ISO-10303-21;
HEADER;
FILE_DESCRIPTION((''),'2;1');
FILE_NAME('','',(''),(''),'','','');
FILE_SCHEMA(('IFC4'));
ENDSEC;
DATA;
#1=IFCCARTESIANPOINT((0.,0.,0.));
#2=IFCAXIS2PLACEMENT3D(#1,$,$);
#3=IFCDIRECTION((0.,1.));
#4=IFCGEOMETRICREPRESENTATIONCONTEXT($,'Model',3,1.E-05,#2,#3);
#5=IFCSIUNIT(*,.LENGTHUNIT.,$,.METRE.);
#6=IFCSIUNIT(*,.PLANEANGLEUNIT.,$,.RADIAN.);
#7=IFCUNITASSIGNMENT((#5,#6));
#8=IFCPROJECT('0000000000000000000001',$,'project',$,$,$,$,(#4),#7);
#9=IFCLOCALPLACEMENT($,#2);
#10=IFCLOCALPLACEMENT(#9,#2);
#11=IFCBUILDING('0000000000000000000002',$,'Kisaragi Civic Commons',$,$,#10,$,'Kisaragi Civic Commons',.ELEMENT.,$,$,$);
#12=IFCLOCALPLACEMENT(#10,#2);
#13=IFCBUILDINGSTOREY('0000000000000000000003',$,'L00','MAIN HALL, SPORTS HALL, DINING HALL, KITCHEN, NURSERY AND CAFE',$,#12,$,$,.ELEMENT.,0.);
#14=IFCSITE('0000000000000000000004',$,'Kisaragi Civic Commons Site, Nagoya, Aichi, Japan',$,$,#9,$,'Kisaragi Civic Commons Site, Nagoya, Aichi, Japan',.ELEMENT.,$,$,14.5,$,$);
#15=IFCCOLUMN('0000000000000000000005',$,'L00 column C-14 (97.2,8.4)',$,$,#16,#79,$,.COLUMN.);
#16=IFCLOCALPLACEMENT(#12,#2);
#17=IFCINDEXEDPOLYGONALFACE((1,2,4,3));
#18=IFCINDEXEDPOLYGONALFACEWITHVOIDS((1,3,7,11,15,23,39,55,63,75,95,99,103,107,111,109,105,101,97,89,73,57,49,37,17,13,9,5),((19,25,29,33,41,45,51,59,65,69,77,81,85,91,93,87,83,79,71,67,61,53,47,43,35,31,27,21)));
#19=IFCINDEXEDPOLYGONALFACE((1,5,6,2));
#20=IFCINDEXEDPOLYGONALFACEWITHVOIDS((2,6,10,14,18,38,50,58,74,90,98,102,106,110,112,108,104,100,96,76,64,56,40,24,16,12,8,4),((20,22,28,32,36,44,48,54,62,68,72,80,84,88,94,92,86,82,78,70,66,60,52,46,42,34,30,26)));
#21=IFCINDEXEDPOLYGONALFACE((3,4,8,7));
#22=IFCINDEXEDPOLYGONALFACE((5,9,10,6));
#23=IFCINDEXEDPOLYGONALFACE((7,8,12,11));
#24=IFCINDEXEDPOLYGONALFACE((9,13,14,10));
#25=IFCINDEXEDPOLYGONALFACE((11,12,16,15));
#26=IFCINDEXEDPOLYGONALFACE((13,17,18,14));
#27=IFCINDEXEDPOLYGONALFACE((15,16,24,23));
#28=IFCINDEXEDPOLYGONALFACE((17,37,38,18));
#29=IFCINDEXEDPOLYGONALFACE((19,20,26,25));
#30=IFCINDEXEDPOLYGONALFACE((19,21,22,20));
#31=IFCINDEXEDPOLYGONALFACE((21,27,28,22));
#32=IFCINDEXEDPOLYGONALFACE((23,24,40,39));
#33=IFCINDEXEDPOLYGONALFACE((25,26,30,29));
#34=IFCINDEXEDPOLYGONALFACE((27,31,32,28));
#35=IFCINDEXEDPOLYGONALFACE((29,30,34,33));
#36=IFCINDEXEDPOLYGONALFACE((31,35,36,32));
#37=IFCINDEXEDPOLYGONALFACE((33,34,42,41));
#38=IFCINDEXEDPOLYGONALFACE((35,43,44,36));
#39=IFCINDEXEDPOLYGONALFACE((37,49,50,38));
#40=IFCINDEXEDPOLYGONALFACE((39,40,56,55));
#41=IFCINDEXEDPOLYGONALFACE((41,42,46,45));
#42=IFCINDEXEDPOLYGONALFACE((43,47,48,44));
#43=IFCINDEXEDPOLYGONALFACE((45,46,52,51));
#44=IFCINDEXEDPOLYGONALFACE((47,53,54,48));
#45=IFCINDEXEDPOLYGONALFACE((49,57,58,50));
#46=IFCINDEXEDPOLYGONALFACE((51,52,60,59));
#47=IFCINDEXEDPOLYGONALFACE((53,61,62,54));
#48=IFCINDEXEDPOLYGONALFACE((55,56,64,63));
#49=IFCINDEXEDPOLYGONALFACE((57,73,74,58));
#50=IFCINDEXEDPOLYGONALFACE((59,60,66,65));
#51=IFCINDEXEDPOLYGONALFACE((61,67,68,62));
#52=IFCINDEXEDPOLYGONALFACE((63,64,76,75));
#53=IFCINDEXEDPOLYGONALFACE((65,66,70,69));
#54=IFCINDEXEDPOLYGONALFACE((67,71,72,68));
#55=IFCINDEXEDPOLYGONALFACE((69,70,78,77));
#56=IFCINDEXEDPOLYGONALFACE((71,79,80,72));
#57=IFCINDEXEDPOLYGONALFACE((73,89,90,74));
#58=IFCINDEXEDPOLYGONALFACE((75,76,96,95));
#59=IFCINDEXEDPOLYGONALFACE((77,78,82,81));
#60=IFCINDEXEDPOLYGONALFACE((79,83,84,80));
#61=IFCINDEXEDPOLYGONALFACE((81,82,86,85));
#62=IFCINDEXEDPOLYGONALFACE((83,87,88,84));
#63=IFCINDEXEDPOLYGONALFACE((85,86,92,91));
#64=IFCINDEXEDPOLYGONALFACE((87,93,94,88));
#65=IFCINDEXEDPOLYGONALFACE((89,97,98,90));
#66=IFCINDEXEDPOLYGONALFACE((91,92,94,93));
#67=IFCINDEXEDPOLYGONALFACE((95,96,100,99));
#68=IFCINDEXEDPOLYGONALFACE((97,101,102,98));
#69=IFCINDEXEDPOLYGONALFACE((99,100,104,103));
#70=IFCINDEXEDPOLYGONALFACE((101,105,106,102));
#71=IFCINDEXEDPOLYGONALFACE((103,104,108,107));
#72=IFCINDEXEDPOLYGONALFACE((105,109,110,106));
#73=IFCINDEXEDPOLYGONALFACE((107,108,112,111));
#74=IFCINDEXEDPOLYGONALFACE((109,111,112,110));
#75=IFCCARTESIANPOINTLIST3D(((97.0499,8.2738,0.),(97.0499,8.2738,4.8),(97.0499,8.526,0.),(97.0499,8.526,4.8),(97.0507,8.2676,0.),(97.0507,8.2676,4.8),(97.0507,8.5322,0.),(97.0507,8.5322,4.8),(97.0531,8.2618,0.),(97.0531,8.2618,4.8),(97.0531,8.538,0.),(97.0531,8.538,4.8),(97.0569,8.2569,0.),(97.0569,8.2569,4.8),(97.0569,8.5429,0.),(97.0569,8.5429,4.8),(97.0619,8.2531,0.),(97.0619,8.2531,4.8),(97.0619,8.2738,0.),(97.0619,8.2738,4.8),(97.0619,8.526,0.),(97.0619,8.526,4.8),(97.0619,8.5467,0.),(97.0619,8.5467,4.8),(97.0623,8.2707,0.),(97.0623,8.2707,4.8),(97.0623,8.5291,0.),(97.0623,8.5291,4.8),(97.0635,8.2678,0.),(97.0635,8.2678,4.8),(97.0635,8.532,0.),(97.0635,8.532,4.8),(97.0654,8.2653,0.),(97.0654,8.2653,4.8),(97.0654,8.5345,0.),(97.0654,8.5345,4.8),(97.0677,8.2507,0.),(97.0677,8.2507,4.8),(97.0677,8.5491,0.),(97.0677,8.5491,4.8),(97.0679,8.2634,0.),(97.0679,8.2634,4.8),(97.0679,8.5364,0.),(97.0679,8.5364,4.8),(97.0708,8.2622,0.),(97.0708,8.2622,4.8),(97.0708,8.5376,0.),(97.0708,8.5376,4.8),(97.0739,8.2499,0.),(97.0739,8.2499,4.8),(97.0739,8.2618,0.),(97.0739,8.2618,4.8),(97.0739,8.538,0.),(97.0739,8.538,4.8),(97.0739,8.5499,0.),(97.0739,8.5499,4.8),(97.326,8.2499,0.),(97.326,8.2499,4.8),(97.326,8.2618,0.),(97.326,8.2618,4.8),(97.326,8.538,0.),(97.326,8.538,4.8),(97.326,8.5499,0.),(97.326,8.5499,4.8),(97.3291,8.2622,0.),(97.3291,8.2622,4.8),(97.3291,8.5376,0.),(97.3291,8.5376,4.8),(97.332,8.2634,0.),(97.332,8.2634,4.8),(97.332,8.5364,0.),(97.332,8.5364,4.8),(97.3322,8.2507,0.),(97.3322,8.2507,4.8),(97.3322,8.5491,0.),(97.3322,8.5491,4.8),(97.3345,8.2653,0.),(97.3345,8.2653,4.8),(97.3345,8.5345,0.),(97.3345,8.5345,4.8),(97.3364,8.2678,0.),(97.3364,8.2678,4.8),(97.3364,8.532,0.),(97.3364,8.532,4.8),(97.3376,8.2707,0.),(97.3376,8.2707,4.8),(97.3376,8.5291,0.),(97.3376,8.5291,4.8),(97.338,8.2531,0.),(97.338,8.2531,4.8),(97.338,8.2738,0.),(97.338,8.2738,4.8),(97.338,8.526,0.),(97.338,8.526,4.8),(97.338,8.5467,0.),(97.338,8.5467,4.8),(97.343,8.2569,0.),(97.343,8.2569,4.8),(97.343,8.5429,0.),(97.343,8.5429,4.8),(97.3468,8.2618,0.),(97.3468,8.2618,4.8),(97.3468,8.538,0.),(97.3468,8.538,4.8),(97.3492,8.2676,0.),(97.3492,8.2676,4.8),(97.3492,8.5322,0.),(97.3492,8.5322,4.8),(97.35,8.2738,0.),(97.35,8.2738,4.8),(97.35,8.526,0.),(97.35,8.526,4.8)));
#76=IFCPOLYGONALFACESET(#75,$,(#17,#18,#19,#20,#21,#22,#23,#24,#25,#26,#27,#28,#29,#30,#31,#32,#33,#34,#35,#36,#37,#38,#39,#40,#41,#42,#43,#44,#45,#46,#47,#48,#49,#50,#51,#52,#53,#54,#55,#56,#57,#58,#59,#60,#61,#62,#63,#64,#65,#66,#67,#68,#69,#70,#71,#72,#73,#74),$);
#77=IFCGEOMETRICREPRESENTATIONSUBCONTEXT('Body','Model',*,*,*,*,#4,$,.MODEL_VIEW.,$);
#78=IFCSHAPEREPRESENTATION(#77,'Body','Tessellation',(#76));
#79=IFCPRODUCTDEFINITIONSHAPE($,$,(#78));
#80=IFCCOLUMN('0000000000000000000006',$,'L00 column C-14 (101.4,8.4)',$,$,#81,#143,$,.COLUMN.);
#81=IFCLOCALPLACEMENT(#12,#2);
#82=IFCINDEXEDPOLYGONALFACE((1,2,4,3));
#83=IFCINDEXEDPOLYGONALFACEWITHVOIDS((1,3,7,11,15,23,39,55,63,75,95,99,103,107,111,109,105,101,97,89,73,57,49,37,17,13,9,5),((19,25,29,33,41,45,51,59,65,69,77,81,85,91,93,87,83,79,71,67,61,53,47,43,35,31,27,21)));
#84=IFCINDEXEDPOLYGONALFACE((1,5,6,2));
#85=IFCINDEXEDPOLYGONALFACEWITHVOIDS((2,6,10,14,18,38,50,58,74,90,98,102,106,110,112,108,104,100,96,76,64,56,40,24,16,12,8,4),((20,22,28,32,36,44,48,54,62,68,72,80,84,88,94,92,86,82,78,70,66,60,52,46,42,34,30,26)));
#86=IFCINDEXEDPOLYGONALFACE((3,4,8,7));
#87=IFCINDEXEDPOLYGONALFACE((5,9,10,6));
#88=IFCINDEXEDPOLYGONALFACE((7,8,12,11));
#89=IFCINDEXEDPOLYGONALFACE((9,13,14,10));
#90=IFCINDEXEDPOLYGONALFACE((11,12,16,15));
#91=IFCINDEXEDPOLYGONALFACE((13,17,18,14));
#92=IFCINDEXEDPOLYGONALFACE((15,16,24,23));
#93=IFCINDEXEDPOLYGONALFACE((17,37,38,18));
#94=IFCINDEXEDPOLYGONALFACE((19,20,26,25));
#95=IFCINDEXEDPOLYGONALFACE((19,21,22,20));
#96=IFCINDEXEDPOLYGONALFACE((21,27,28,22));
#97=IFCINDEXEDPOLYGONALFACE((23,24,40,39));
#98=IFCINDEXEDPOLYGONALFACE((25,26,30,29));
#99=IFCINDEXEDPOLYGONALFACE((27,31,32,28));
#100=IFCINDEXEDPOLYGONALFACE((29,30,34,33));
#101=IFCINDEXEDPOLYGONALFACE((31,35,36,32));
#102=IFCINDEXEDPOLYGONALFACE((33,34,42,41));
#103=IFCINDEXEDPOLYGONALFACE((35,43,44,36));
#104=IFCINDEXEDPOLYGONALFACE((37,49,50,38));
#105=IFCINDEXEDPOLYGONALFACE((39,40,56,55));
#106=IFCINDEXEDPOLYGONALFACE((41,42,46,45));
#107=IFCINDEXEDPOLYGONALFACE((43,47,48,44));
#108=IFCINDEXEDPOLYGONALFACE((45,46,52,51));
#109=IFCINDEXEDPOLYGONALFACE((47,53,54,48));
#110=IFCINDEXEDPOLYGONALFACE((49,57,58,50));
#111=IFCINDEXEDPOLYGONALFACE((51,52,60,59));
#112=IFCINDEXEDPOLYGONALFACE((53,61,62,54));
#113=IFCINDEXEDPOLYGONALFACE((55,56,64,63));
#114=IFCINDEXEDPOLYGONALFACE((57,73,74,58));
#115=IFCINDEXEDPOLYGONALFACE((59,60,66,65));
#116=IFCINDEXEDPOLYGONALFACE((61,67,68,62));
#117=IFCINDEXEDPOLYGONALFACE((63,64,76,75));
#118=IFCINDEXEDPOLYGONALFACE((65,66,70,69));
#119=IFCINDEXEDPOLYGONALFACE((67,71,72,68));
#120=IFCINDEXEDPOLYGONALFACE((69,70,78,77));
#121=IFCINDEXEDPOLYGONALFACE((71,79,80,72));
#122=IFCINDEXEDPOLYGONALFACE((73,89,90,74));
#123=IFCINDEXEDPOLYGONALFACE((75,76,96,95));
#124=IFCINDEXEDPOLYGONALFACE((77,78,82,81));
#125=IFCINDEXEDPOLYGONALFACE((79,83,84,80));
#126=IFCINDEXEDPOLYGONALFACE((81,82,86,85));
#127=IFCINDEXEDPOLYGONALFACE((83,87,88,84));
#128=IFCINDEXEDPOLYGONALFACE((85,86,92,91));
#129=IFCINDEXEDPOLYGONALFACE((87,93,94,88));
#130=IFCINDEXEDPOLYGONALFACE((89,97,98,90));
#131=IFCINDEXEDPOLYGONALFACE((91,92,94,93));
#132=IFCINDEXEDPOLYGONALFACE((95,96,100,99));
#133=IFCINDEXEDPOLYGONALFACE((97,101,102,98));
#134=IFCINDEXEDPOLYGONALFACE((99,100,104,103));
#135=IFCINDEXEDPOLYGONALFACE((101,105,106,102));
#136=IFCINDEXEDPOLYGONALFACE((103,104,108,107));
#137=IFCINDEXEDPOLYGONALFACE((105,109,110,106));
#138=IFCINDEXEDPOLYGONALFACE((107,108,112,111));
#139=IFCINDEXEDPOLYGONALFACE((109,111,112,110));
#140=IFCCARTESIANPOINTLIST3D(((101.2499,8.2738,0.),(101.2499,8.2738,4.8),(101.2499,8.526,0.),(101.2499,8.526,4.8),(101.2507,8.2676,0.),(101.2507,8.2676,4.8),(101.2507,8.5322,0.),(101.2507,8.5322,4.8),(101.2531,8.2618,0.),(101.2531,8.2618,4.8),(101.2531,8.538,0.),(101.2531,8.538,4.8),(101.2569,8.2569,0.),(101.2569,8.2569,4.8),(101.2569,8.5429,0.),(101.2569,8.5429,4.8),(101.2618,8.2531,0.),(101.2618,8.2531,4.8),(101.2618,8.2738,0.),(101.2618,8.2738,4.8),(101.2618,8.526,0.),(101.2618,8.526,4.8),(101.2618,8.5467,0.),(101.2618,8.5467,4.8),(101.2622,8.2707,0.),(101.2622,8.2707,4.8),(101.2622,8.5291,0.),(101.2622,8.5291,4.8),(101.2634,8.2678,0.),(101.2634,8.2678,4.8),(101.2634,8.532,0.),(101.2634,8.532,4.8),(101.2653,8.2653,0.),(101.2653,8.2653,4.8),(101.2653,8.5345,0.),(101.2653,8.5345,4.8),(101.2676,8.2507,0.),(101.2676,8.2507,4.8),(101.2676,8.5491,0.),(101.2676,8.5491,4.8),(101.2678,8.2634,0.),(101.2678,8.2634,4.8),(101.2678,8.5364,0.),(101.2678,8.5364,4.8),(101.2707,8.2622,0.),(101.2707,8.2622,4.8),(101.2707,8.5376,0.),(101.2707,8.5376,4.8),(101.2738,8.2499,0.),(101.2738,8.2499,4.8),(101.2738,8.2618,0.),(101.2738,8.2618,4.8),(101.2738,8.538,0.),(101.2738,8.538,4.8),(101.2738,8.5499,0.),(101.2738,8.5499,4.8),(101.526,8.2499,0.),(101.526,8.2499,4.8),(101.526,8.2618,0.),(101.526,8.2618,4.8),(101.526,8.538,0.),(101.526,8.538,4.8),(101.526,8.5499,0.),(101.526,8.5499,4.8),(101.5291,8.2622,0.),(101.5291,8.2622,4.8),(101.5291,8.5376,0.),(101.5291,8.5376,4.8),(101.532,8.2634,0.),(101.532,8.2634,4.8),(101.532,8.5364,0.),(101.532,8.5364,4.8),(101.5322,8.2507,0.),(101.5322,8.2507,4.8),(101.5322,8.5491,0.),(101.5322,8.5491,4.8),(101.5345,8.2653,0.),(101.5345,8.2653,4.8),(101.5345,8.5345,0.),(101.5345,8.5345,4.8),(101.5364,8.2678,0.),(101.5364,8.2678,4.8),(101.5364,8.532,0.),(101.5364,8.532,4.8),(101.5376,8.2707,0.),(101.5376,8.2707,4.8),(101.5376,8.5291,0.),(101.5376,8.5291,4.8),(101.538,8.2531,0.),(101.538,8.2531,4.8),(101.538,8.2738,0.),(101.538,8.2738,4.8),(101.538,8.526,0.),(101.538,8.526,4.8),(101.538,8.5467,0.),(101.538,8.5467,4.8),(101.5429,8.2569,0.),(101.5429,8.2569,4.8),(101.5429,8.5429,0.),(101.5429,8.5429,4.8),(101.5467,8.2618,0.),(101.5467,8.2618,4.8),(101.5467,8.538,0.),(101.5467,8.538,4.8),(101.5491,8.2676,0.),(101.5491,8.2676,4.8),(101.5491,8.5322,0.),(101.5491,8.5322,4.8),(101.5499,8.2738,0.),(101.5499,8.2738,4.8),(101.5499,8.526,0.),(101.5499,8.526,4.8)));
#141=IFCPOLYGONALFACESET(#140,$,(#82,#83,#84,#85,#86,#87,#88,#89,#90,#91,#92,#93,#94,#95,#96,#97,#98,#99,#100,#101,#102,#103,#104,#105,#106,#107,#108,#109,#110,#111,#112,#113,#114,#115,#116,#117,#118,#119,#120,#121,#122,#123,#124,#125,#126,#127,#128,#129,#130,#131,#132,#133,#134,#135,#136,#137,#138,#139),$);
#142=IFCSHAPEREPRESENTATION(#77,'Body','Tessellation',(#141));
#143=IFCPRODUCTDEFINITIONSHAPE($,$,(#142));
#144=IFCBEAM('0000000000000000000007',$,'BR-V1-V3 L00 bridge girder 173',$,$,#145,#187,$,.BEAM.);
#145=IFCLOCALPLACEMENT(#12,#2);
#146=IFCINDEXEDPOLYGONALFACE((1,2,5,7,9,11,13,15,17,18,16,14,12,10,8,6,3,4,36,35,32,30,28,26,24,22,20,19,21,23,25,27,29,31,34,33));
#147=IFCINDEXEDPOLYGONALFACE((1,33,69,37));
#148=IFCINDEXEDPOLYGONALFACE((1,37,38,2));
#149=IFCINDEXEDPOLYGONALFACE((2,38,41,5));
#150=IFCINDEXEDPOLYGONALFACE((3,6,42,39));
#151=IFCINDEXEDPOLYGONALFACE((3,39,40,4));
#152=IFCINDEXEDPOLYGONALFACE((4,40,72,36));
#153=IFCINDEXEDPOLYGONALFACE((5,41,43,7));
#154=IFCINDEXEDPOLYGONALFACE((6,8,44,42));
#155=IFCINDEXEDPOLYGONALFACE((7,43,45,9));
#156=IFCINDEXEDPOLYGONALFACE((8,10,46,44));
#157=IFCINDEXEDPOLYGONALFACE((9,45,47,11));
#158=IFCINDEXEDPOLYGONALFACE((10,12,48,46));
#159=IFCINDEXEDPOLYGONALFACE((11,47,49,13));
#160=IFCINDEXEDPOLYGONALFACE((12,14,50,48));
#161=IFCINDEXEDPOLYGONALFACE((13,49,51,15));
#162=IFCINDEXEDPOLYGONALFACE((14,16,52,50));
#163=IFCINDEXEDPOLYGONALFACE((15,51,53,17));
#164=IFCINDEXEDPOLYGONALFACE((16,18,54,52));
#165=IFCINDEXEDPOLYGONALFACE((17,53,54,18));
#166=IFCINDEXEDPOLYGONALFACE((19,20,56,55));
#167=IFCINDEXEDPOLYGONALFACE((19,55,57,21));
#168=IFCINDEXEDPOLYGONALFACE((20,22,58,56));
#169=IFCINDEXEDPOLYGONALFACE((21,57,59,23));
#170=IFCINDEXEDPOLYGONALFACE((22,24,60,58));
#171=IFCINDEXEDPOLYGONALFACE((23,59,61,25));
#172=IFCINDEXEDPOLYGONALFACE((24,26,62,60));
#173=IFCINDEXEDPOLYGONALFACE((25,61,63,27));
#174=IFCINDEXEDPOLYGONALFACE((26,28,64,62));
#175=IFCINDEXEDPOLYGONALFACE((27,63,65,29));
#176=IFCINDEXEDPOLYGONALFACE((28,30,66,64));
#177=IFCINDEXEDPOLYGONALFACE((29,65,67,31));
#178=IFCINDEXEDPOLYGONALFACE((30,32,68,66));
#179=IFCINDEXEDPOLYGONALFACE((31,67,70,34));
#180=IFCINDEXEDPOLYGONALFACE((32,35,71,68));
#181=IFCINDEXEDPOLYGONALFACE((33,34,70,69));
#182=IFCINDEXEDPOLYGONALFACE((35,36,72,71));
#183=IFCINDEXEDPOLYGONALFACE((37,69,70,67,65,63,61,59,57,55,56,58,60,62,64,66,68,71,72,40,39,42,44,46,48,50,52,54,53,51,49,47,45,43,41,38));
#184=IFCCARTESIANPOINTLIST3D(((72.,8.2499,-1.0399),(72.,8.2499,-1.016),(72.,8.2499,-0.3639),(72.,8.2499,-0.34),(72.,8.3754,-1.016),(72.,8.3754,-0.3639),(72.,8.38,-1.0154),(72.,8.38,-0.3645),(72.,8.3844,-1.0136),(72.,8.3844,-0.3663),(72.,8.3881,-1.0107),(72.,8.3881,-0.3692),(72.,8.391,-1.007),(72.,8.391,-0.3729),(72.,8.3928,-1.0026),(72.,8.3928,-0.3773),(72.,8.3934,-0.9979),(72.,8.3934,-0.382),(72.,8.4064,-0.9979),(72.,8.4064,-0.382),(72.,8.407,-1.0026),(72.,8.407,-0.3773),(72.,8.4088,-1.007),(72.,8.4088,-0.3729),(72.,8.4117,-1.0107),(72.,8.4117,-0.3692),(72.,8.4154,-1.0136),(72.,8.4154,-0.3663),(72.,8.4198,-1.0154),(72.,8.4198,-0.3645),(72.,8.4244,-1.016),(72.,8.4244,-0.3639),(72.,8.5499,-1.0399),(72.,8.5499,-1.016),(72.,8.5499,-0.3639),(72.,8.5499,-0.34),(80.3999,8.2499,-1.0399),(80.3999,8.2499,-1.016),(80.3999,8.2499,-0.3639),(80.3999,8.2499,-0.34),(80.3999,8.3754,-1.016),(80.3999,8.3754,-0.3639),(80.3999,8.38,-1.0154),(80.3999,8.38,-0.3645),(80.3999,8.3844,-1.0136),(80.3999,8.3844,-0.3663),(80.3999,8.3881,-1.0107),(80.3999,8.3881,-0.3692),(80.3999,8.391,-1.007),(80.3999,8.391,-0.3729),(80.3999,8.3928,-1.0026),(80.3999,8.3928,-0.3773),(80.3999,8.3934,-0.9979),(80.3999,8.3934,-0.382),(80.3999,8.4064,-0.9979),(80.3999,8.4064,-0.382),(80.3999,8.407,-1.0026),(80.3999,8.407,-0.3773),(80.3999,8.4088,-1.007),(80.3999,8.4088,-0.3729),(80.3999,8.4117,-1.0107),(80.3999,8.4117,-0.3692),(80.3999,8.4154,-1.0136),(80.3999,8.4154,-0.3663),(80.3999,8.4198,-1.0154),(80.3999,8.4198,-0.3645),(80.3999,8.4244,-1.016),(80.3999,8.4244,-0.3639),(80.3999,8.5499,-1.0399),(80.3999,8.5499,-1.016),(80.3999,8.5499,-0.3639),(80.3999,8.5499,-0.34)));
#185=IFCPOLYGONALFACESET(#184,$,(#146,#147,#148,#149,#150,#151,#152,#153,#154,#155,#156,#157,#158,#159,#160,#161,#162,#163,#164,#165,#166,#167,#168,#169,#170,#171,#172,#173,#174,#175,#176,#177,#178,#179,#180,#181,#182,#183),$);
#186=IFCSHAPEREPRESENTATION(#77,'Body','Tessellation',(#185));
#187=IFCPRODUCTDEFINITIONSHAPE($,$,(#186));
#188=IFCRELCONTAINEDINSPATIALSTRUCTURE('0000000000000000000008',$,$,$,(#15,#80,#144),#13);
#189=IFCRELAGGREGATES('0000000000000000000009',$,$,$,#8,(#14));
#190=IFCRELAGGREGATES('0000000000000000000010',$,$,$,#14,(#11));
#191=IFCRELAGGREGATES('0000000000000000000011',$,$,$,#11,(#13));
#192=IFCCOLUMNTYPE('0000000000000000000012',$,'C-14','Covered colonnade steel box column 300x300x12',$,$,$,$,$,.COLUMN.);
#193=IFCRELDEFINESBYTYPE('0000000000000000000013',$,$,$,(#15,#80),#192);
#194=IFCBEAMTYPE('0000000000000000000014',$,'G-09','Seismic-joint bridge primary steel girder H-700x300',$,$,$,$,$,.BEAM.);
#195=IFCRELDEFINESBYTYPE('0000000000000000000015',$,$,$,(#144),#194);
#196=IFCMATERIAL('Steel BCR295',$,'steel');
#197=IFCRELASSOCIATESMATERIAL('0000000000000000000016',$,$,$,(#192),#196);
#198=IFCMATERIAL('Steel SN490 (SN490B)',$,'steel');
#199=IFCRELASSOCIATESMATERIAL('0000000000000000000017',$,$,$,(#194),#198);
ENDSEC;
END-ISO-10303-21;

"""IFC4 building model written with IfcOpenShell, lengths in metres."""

from ifc_helpers import new_model, si_unit, direction, frame, origin, origin_2d, place, context, subcontext, project, spatial, hollow_rectangle, i_section, extrude, material, material_profile, profile_set, type_object, element, save


model = new_model("IFC4")

# Units and contexts
model_context = context("Model", 3, precision=1e-05, world=origin(), true_north=direction((0.0, 1.0)))
body_context = subcontext(model_context, "Body", "Model", "MODEL_VIEW")
ifc_project = project(units=[si_unit("LENGTHUNIT", "METRE"), si_unit("PLANEANGLEUNIT", "RADIAN")], contexts=[model_context])

# Site, building, storey
site_placement = place(None, origin())
site = spatial("IfcSite", under=ifc_project, at=site_placement, Name="Kisaragi Civic Commons Site, Nagoya, Aichi, Japan", LongName="Kisaragi Civic Commons Site, Nagoya, Aichi, Japan", CompositionType="ELEMENT", RefElevation=14.5)
building_placement = place(site_placement, origin())
building = spatial("IfcBuilding", under=site, at=building_placement, Name="Kisaragi Civic Commons", LongName="Kisaragi Civic Commons", CompositionType="ELEMENT")
storey_placement = place(building_placement, origin())
storey = spatial("IfcBuildingStorey", under=building, at=storey_placement, Name="L00", Description="MAIN HALL, SPORTS HALL, DINING HALL, KITCHEN, NURSERY AND CAFE", CompositionType="ELEMENT", Elevation=0.0)

# Columns
ifc_material_1 = material(Name="Steel BCR295", Category="steel")
ifc_material_profile_1 = material_profile(ifc_material_1, hollow_rectangle(XDim=0.3, YDim=0.3, WallThickness=0.012, InnerFilletRadius=0.012, OuterFilletRadius=0.0239, at=origin_2d()), Name="BCR-300x300x12", Category="steel")
ifc_profile_set_1 = profile_set([ifc_material_profile_1], Name="Steel BCR295")
column_type = type_object("IfcColumnType", Name="C-14", Description="Covered colonnade steel box column 300x300x12", PredefinedType="COLUMN", material=ifc_profile_set_1)
for number, where, z_axis, x_axis, name in (
    (1, (97.2, 8.3999, 0.0), (0.0, 0.0, 1.0), (1.0, 0.0, 0.0), "L00 column C-14 (97.2,8.4)"),
    (2, (101.3999, 8.3999, 0.0), (0.0, 0.0, 1.0), (1.0, 0.0, 0.0), "L00 column C-14 (101.4,8.4)"),
):
    element("IfcColumn", number, at=place(storey_placement, frame(where, z_axis=z_axis, x_axis=x_axis)), inside=storey, type_object=column_type, Name=name, PredefinedType="COLUMN", context=body_context, shape_type="SweptSolid", body=[
        extrude(hollow_rectangle(XDim=0.3, YDim=0.3, WallThickness=0.012, InnerFilletRadius=0.012, OuterFilletRadius=0.0239, at=origin_2d()), origin(), (0.0, 0.0, 1.0), 4.8),
    ])

# Beam
ifc_material_2 = material(Name="Steel SN490 (SN490B)", Category="steel")
ifc_material_profile_2 = material_profile(ifc_material_2, i_section(OverallWidth=0.3, OverallDepth=0.7, WebThickness=0.0129, FlangeThickness=0.0239, FilletRadius=0.0181, at=origin_2d()), Name="H-700x300x13x24", Category="steel")
ifc_profile_set_2 = profile_set([ifc_material_profile_2], Name="Steel SN490 (SN490B)")
beam_type_1 = type_object("IfcBeamType", Name="G-09", Description="Seismic-joint bridge primary steel girder H-700x300", PredefinedType="BEAM", material=ifc_profile_set_2)
beam_1_placement = place(storey_placement, frame((72.0, 8.3999, -0.6899), z_axis=(1.0, 0.0, 0.0), x_axis=(0.0, 1.0, 0.0)))
element("IfcBeam", 3, at=beam_1_placement, inside=storey, type_object=beam_type_1, Name="BR-V1-V3 L00 bridge girder 173", PredefinedType="BEAM", context=body_context, shape_type="SweptSolid", body=[
    extrude(i_section(OverallWidth=0.3, OverallDepth=0.7, WebThickness=0.0129, FlangeThickness=0.0239, FilletRadius=0.0181, at=origin_2d()), origin(), (0.0, 0.0, 1.0), 8.3999),
])

save(model, "model.ifc")
